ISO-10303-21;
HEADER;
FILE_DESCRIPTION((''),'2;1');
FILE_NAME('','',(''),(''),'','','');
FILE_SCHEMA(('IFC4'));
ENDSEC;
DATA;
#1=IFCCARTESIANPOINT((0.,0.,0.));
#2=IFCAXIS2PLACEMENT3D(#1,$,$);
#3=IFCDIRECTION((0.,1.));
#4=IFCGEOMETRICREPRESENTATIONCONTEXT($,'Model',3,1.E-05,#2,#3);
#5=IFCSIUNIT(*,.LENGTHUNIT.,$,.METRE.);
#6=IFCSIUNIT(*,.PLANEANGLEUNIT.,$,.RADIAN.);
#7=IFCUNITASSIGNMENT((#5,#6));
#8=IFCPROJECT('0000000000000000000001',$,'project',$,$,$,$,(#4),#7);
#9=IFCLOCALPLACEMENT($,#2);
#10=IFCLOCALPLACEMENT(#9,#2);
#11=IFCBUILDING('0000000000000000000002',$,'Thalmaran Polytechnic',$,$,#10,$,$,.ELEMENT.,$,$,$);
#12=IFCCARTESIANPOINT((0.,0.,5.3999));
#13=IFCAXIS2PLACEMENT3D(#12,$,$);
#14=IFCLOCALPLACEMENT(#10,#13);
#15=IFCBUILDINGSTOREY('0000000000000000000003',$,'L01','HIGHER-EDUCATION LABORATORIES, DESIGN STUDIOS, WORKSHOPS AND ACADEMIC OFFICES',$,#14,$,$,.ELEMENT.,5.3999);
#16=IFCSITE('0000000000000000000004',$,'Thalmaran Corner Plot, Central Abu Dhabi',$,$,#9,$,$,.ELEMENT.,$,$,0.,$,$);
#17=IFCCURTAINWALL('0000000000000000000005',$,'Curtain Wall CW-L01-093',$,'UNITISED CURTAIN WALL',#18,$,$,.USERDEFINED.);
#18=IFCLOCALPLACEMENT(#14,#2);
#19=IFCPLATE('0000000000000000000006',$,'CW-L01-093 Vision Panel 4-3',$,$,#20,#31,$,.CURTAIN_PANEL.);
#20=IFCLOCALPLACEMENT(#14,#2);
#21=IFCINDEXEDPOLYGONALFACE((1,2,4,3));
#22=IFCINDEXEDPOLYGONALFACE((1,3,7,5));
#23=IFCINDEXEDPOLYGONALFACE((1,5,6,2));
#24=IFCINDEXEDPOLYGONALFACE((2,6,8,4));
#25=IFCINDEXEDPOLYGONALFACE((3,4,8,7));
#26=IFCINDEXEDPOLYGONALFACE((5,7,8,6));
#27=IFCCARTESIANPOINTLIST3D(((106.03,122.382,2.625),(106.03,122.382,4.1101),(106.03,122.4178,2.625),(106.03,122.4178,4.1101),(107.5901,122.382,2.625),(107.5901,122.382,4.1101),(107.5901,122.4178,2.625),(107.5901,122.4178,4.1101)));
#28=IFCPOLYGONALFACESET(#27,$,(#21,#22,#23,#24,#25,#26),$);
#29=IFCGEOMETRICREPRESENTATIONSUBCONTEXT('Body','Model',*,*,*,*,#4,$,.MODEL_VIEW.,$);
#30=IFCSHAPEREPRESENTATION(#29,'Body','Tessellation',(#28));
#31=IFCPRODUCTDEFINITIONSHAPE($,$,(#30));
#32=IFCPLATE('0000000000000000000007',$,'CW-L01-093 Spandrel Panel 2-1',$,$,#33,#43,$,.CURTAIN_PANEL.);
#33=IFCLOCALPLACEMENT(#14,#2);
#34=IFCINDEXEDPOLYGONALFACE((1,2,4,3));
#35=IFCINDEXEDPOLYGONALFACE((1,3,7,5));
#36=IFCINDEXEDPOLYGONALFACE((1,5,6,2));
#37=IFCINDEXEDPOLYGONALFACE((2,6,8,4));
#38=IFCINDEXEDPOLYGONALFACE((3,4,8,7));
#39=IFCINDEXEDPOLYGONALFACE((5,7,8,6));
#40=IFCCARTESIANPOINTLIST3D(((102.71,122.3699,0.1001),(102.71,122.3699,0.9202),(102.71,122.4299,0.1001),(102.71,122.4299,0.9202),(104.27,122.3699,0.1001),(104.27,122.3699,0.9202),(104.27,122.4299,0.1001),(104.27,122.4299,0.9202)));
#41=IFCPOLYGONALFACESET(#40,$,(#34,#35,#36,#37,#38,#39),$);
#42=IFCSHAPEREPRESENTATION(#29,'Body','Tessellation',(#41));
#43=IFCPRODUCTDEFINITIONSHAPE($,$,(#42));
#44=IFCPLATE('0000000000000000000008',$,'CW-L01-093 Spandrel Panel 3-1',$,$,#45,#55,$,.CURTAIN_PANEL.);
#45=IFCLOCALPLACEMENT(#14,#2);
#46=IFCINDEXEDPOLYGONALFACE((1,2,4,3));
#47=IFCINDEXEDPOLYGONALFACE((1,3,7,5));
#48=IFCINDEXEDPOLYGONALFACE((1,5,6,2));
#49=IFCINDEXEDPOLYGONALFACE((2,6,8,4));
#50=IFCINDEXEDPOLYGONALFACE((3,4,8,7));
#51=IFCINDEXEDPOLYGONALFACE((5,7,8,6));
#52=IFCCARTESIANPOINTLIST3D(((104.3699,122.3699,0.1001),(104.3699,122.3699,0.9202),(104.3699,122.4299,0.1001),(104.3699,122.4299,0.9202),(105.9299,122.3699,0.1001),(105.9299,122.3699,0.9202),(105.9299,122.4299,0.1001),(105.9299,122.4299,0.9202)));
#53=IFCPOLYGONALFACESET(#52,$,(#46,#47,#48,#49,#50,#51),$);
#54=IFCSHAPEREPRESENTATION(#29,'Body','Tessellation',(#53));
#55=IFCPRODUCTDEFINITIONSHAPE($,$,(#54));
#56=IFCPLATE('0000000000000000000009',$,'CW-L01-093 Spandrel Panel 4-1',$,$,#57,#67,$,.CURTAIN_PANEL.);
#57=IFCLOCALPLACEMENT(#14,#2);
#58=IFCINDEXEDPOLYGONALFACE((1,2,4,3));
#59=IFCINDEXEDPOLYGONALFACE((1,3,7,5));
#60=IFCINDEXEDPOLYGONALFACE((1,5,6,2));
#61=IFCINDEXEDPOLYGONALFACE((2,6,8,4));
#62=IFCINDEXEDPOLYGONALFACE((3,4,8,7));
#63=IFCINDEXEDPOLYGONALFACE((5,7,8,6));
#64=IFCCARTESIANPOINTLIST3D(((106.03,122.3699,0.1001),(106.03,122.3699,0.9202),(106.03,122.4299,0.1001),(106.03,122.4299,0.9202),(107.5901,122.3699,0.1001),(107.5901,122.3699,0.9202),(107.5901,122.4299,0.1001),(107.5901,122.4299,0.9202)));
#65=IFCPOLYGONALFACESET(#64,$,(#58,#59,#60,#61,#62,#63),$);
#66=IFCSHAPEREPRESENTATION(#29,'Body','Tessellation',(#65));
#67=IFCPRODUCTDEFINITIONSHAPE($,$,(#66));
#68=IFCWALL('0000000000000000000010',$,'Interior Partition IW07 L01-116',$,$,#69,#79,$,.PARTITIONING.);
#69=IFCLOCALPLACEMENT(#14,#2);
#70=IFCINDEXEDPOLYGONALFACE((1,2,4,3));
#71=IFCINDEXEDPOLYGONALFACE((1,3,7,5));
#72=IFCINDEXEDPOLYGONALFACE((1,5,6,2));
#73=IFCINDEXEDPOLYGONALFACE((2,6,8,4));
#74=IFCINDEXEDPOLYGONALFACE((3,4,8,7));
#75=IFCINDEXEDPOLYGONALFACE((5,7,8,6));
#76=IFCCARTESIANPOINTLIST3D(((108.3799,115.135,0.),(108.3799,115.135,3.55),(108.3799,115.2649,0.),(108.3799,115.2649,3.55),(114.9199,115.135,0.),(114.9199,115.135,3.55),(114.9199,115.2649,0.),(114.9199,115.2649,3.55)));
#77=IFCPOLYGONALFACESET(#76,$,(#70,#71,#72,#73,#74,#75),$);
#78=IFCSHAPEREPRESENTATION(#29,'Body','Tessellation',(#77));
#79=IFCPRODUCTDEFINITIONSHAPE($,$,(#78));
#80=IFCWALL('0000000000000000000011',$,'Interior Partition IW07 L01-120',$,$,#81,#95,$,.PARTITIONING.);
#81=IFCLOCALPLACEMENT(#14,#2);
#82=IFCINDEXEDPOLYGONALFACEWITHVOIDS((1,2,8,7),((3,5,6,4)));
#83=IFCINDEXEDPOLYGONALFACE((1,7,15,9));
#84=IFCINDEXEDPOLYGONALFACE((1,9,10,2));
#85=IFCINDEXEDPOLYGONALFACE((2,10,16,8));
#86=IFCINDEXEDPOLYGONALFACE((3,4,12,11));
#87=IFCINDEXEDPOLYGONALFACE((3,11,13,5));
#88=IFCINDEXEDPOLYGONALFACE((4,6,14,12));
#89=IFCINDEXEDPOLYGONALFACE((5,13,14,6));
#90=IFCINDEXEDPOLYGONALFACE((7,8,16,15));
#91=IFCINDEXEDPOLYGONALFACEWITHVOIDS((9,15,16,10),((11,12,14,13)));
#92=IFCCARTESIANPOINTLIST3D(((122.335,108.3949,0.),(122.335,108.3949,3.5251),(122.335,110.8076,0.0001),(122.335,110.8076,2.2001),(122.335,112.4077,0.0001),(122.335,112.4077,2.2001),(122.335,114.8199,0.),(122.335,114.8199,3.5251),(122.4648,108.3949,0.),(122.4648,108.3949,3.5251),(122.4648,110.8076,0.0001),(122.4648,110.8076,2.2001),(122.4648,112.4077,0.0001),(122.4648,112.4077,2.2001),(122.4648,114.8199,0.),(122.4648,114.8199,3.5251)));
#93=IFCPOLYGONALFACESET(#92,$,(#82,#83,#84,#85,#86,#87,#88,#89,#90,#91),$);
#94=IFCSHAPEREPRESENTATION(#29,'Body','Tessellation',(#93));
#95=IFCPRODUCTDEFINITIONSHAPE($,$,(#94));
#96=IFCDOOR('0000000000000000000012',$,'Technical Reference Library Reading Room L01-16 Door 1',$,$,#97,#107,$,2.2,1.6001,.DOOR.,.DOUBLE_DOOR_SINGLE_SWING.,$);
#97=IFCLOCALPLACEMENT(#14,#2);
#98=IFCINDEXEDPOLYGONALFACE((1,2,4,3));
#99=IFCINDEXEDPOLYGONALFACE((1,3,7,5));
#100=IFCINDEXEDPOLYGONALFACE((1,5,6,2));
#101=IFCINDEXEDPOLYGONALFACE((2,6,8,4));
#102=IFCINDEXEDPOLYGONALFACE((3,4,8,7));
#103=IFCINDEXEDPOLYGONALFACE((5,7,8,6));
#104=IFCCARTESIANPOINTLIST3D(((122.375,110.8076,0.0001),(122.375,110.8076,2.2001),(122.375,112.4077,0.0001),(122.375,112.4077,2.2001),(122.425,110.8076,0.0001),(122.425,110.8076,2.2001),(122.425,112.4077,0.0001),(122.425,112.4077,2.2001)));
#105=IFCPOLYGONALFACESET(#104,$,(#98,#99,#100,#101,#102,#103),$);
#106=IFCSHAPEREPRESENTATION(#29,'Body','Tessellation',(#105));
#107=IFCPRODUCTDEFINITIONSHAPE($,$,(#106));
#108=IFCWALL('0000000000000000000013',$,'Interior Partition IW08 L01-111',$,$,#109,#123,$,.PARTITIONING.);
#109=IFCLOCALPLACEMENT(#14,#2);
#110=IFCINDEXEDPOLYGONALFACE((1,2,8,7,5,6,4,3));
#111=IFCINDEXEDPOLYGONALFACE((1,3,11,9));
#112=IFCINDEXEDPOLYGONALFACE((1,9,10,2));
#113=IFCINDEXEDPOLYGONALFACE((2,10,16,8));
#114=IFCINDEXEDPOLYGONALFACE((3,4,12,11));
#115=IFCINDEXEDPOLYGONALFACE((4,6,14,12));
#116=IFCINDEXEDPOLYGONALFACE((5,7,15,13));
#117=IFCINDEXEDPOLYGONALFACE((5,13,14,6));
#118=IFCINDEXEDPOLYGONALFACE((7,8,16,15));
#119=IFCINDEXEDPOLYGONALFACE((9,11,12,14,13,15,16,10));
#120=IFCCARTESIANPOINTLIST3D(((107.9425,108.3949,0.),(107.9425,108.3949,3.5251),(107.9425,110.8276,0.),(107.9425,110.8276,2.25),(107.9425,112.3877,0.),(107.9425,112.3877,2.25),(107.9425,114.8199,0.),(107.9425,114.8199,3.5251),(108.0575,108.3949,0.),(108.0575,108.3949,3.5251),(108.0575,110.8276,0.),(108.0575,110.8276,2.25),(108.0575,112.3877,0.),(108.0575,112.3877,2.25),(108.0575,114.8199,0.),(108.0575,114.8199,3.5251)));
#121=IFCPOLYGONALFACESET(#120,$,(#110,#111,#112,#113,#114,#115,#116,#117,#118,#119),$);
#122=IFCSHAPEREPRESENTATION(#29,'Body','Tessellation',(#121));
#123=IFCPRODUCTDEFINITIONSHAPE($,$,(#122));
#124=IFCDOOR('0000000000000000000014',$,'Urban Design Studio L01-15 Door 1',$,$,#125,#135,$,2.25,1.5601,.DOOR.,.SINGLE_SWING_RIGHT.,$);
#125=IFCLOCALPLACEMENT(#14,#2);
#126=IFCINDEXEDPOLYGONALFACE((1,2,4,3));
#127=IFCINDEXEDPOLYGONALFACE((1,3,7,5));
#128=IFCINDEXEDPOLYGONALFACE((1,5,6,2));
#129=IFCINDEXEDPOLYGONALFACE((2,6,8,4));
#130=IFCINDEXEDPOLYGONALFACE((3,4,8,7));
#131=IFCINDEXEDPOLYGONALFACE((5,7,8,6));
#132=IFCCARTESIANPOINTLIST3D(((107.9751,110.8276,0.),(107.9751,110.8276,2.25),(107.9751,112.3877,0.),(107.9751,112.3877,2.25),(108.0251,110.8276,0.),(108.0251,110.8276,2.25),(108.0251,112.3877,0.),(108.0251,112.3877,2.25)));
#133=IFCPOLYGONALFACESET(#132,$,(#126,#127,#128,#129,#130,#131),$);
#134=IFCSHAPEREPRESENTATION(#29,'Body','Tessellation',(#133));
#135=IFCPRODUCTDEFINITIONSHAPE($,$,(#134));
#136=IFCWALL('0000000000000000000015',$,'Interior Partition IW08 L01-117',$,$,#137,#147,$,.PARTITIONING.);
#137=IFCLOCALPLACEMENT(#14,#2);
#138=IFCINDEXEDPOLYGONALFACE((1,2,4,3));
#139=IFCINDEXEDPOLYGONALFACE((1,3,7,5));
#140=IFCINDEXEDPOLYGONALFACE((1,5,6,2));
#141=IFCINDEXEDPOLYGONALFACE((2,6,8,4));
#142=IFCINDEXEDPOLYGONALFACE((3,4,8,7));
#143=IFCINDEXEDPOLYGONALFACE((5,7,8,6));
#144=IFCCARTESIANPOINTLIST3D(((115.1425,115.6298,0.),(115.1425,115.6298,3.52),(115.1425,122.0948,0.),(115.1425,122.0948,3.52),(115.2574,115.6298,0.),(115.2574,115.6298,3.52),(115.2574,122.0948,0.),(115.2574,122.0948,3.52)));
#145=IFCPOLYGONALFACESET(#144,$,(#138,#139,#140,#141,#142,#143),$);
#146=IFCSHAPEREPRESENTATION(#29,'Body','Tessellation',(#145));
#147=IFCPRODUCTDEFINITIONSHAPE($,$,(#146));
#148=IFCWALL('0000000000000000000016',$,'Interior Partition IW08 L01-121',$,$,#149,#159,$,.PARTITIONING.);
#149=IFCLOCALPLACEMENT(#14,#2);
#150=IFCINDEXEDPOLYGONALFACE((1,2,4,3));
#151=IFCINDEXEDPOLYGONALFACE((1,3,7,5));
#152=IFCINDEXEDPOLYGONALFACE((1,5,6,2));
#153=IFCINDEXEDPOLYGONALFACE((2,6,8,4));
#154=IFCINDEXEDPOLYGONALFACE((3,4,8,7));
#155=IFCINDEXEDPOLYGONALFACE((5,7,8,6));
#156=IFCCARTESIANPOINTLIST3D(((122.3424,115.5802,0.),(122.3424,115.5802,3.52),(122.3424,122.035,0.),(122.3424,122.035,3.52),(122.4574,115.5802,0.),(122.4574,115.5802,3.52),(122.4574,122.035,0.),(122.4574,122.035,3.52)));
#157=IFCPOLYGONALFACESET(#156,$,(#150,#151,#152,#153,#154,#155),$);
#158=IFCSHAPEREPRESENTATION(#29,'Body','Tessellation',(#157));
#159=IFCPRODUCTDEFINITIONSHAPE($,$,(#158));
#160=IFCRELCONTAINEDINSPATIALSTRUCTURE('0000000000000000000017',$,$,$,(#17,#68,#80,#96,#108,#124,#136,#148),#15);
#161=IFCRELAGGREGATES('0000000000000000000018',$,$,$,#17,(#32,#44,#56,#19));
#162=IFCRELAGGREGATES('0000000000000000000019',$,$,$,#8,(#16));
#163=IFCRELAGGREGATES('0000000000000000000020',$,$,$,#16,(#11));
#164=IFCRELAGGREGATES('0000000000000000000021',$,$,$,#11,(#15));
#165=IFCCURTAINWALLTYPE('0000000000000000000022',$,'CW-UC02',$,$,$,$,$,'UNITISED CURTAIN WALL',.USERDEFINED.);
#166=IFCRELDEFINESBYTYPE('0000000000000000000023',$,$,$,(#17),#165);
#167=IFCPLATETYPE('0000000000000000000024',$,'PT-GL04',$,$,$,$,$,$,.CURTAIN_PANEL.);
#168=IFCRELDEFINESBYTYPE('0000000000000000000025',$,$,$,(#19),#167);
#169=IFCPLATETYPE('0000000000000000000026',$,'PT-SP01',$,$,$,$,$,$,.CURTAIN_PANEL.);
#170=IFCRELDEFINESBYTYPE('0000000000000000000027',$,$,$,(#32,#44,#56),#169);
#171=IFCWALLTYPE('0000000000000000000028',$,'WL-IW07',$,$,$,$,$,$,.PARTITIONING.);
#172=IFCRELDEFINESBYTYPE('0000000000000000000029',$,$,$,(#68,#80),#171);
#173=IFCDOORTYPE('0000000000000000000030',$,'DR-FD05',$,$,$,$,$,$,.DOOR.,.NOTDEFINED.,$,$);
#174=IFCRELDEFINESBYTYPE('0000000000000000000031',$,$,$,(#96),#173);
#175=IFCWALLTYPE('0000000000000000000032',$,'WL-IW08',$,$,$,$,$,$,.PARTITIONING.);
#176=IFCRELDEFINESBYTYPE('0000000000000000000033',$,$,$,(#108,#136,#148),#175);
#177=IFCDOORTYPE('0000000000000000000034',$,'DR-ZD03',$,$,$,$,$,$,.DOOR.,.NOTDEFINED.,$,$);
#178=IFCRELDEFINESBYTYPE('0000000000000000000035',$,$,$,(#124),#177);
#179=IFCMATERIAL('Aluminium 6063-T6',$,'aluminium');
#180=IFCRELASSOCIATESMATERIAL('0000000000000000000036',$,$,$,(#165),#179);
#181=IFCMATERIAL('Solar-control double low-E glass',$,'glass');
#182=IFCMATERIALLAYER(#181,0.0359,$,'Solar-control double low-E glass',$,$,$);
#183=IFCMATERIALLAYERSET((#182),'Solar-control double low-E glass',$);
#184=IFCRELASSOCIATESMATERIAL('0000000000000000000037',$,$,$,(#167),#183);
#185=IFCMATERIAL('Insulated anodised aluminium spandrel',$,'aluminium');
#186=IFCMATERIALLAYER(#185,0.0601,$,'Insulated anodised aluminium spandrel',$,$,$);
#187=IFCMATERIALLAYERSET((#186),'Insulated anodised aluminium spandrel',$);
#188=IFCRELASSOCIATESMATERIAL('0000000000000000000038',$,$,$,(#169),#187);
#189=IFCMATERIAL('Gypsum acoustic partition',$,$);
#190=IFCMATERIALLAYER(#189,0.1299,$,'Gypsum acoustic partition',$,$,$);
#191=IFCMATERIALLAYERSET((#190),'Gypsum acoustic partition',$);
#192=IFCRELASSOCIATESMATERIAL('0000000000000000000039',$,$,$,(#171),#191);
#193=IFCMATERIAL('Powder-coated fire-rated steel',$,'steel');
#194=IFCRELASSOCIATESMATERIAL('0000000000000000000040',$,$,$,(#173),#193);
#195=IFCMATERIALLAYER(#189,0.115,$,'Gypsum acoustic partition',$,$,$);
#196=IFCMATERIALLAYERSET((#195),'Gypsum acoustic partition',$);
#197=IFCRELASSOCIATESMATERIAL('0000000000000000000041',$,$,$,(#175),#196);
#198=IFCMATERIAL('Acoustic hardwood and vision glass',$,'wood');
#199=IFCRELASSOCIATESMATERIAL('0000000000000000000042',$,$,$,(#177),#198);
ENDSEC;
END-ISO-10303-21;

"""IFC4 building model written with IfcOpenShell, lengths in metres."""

from ifc_helpers import new_model, si_unit, direction, frame, frame_2d, origin, origin_2d, place, context, subcontext, project, spatial, rectangle, extrude, material, layer, layer_set, type_object, element, fill, aggregate, save


model = new_model("IFC4")

# Units and contexts
model_context = context("Model", 3, precision=1e-05, world=origin(), true_north=direction((0.0, 1.0)))
body_context = subcontext(model_context, "Body", "Model", "MODEL_VIEW")
ifc_project = project(units=[si_unit("LENGTHUNIT", "METRE"), si_unit("PLANEANGLEUNIT", "RADIAN")], contexts=[model_context])

# Site, building, storey
site_placement = place(None, origin())
site = spatial("IfcSite", under=ifc_project, at=site_placement, Name="Thalmaran Corner Plot, Central Abu Dhabi", CompositionType="ELEMENT", RefElevation=0.0)
building_placement = place(site_placement, origin())
building = spatial("IfcBuilding", under=site, at=building_placement, Name="Thalmaran Polytechnic", CompositionType="ELEMENT")
storey_placement = place(building_placement, frame((0.0, 0.0, 5.3999)))
storey = spatial("IfcBuildingStorey", under=building, at=storey_placement, Name="L01", Description="HIGHER-EDUCATION LABORATORIES, DESIGN STUDIOS, WORKSHOPS AND ACADEMIC OFFICES", CompositionType="ELEMENT", Elevation=5.3999)

# Curtain wall, plates
ifc_material_1 = material(Name="Aluminium 6063-T6", Category="aluminium")
curtain_wall_type = type_object("IfcCurtainWallType", Name="CW-UC02", ElementType="UNITISED CURTAIN WALL", PredefinedType="USERDEFINED", material=ifc_material_1)
curtain_wall_placement = place(storey_placement, origin())
curtain_wall = element("IfcCurtainWall", 1, at=curtain_wall_placement, inside=storey, type_object=curtain_wall_type, Name="Curtain Wall CW-L01-093", ObjectType="UNITISED CURTAIN WALL", PredefinedType="USERDEFINED")
ifc_material_2 = material(Name="Solar-control double low-E glass", Category="glass")
ifc_layer_1 = layer(ifc_material_2, 0.0359, Name="Solar-control double low-E glass")
ifc_layer_set_1 = layer_set([ifc_layer_1], Name="Solar-control double low-E glass")
plate_type_1 = type_object("IfcPlateType", Name="PT-GL04", PredefinedType="CURTAIN_PANEL", material=ifc_layer_set_1)
plate_1_placement = place(storey_placement, frame((106.8101, 122.3999, 2.625), z_axis=(0.0, 0.0, 1.0), x_axis=(1.0, 0.0, 0.0)))
plate_1 = element("IfcPlate", 2, at=plate_1_placement, type_object=plate_type_1, Name="CW-L01-093 Vision Panel 4-3", PredefinedType="CURTAIN_PANEL", context=body_context, shape_type="SweptSolid", body=[
    extrude(rectangle(XDim=1.5601, YDim=0.0359, at=origin_2d()), origin(), (0.0, 0.0, 1.0), 1.4851),
])
ifc_material_3 = material(Name="Insulated anodised aluminium spandrel", Category="aluminium")
ifc_layer_2 = layer(ifc_material_3, 0.0601, Name="Insulated anodised aluminium spandrel")
ifc_layer_set_2 = layer_set([ifc_layer_2], Name="Insulated anodised aluminium spandrel")
plate_type_2 = type_object("IfcPlateType", Name="PT-SP01", PredefinedType="CURTAIN_PANEL", material=ifc_layer_set_2)
plate_2_placement = place(storey_placement, frame((103.49, 122.3999, 0.1001), z_axis=(0.0, 0.0, 1.0), x_axis=(1.0, 0.0, 0.0)))
plate_2 = element("IfcPlate", 3, at=plate_2_placement, type_object=plate_type_2, Name="CW-L01-093 Spandrel Panel 2-1", PredefinedType="CURTAIN_PANEL", context=body_context, shape_type="SweptSolid", body=[
    extrude(rectangle(XDim=1.5601, YDim=0.0601, at=origin_2d()), origin(), (0.0, 0.0, 1.0), 0.8201),
])
plate_3_placement = place(storey_placement, frame((105.1499, 122.3999, 0.1001), z_axis=(0.0, 0.0, 1.0), x_axis=(1.0, 0.0, 0.0)))
plate_3 = element("IfcPlate", 4, at=plate_3_placement, type_object=plate_type_2, Name="CW-L01-093 Spandrel Panel 3-1", PredefinedType="CURTAIN_PANEL", context=body_context, shape_type="SweptSolid", body=[
    extrude(rectangle(XDim=1.5601, YDim=0.0601, at=origin_2d()), origin(), (0.0, 0.0, 1.0), 0.8201),
])
plate_4_placement = place(storey_placement, frame((106.8101, 122.3999, 0.1001), z_axis=(0.0, 0.0, 1.0), x_axis=(1.0, 0.0, 0.0)))
plate_4 = element("IfcPlate", 5, at=plate_4_placement, type_object=plate_type_2, Name="CW-L01-093 Spandrel Panel 4-1", PredefinedType="CURTAIN_PANEL", context=body_context, shape_type="SweptSolid", body=[
    extrude(rectangle(XDim=1.5601, YDim=0.0601, at=origin_2d()), origin(), (0.0, 0.0, 1.0), 0.8201),
])
aggregate(curtain_wall, [plate_2, plate_3, plate_4, plate_1])

# Wall
ifc_material_4 = material(Name="Gypsum acoustic partition")
ifc_layer_3 = layer(ifc_material_4, 0.1299, Name="Gypsum acoustic partition")
ifc_layer_set_3 = layer_set([ifc_layer_3], Name="Gypsum acoustic partition")
wall_type_1 = type_object("IfcWallType", Name="WL-IW07", PredefinedType="PARTITIONING", material=ifc_layer_set_3)
wall_1_placement = place(storey_placement, frame((108.3799, 115.2, 0.0), z_axis=(0.0, 0.0, 1.0), x_axis=(1.0, 0.0, 0.0)))
element("IfcWall", 6, at=wall_1_placement, inside=storey, type_object=wall_type_1, Name="Interior Partition IW07 L01-116", PredefinedType="PARTITIONING", context=body_context, shape_type="SweptSolid", body=[
    extrude(rectangle(XDim=6.54, YDim=0.1299, at=frame_2d((3.27, 0.0))), origin(), (0.0, 0.0, 1.0), 3.55),
])

# Walls, openings, doors
wall_2_placement = place(storey_placement, frame((122.3999, 108.395, 0.0), z_axis=(0.0, 0.0, 1.0), x_axis=(0.0, 1.0, 0.0)))
wall_2 = element("IfcWall", 7, at=wall_2_placement, inside=storey, type_object=wall_type_1, Name="Interior Partition IW07 L01-120", PredefinedType="PARTITIONING", context=body_context, shape_type="SweptSolid", body=[
    extrude(rectangle(XDim=6.425, YDim=0.1299, at=frame_2d((3.2124, 0.0))), origin(), (0.0, 0.0, 1.0), 3.5251),
])
opening_1_placement = place(wall_2_placement, frame((2.4126, 0.0, 0.0)))
opening_1 = element("IfcOpeningElement", 8, at=opening_1_placement, cuts=wall_2, PredefinedType="OPENING", context=body_context, shape_type="SweptSolid", body=[
    extrude(rectangle(XDim=1.6001, YDim=2.2, at=frame_2d((0.8, 1.1001))), frame((0.0, 0.075, 0.0), z_axis=(0.0, -1.0, 0.0), x_axis=(1.0, 0.0, 0.0)), (0.0, 0.0, 1.0), 0.1499),
])
ifc_material_5 = material(Name="Powder-coated fire-rated steel", Category="steel")
door_type_1 = type_object("IfcDoorType", Name="DR-FD05", OperationType="NOTDEFINED", PredefinedType="DOOR", material=ifc_material_5)
door_1_placement = place(opening_1_placement, origin())
door_1 = element("IfcDoor", 9, at=door_1_placement, inside=storey, type_object=door_type_1, Name="Technical Reference Library Reading Room L01-16 Door 1", OperationType="DOUBLE_DOOR_SINGLE_SWING", OverallHeight=2.2, OverallWidth=1.6001, PredefinedType="DOOR", context=body_context, shape_type="SweptSolid", body=[
    extrude(rectangle(XDim=1.6001, YDim=2.2, at=frame_2d((0.8, 1.1001))), frame((0.0, 0.0249, 0.0), z_axis=(0.0, -1.0, 0.0), x_axis=(1.0, 0.0, 0.0)), (0.0, 0.0, 1.0), 0.05),
])
fill(opening_1, door_1)
ifc_layer_4 = layer(ifc_material_4, 0.115, Name="Gypsum acoustic partition")
ifc_layer_set_4 = layer_set([ifc_layer_4], Name="Gypsum acoustic partition")
wall_type_2 = type_object("IfcWallType", Name="WL-IW08", PredefinedType="PARTITIONING", material=ifc_layer_set_4)
wall_3_placement = place(storey_placement, frame((108.0, 108.395, 0.0), z_axis=(0.0, 0.0, 1.0), x_axis=(0.0, 1.0, 0.0)))
wall_3 = element("IfcWall", 10, at=wall_3_placement, inside=storey, type_object=wall_type_2, Name="Interior Partition IW08 L01-111", PredefinedType="PARTITIONING", context=body_context, shape_type="SweptSolid", body=[
    extrude(rectangle(XDim=6.425, YDim=0.115, at=frame_2d((3.2124, 0.0))), origin(), (0.0, 0.0, 1.0), 3.5251),
])
opening_2_placement = place(wall_3_placement, frame((2.4326, 0.0, 0.0)))
opening_2 = element("IfcOpeningElement", 11, at=opening_2_placement, cuts=wall_3, PredefinedType="OPENING", context=body_context, shape_type="SweptSolid", body=[
    extrude(rectangle(XDim=1.5601, YDim=2.25, at=frame_2d((0.78, 1.125))), frame((0.0, 0.0674, 0.0), z_axis=(0.0, -1.0, 0.0), x_axis=(1.0, 0.0, 0.0)), (0.0, 0.0, 1.0), 0.135),
])
ifc_material_6 = material(Name="Acoustic hardwood and vision glass", Category="wood")
door_type_2 = type_object("IfcDoorType", Name="DR-ZD03", OperationType="NOTDEFINED", PredefinedType="DOOR", material=ifc_material_6)
door_2_placement = place(opening_2_placement, origin())
door_2 = element("IfcDoor", 12, at=door_2_placement, inside=storey, type_object=door_type_2, Name="Urban Design Studio L01-15 Door 1", OperationType="SINGLE_SWING_RIGHT", OverallHeight=2.25, OverallWidth=1.5601, PredefinedType="DOOR", context=body_context, shape_type="SweptSolid", body=[
    extrude(rectangle(XDim=1.5601, YDim=2.25, at=frame_2d((0.78, 1.125))), frame((0.0, 0.0249, 0.0), z_axis=(0.0, -1.0, 0.0), x_axis=(1.0, 0.0, 0.0)), (0.0, 0.0, 1.0), 0.05),
])
fill(opening_2, door_2)

# Walls
wall_4_placement = place(storey_placement, frame((115.2, 115.6299, 0.0), z_axis=(0.0, 0.0, 1.0), x_axis=(0.0, 1.0, 0.0)))
element("IfcWall", 13, at=wall_4_placement, inside=storey, type_object=wall_type_2, Name="Interior Partition IW08 L01-117", PredefinedType="PARTITIONING", context=body_context, shape_type="SweptSolid", body=[
    extrude(rectangle(XDim=6.4651, YDim=0.115, at=frame_2d((3.2324, 0.0))), origin(), (0.0, 0.0, 1.0), 3.52),
])
wall_5_placement = place(storey_placement, frame((122.3999, 115.5801, 0.0), z_axis=(0.0, 0.0, 1.0), x_axis=(0.0, 1.0, 0.0)))
element("IfcWall", 14, at=wall_5_placement, inside=storey, type_object=wall_type_2, Name="Interior Partition IW08 L01-121", PredefinedType="PARTITIONING", context=body_context, shape_type="SweptSolid", body=[
    extrude(rectangle(XDim=6.4548, YDim=0.115, at=frame_2d((3.2275, 0.0))), origin(), (0.0, 0.0, 1.0), 3.52),
])

save(model, "model.ifc")
